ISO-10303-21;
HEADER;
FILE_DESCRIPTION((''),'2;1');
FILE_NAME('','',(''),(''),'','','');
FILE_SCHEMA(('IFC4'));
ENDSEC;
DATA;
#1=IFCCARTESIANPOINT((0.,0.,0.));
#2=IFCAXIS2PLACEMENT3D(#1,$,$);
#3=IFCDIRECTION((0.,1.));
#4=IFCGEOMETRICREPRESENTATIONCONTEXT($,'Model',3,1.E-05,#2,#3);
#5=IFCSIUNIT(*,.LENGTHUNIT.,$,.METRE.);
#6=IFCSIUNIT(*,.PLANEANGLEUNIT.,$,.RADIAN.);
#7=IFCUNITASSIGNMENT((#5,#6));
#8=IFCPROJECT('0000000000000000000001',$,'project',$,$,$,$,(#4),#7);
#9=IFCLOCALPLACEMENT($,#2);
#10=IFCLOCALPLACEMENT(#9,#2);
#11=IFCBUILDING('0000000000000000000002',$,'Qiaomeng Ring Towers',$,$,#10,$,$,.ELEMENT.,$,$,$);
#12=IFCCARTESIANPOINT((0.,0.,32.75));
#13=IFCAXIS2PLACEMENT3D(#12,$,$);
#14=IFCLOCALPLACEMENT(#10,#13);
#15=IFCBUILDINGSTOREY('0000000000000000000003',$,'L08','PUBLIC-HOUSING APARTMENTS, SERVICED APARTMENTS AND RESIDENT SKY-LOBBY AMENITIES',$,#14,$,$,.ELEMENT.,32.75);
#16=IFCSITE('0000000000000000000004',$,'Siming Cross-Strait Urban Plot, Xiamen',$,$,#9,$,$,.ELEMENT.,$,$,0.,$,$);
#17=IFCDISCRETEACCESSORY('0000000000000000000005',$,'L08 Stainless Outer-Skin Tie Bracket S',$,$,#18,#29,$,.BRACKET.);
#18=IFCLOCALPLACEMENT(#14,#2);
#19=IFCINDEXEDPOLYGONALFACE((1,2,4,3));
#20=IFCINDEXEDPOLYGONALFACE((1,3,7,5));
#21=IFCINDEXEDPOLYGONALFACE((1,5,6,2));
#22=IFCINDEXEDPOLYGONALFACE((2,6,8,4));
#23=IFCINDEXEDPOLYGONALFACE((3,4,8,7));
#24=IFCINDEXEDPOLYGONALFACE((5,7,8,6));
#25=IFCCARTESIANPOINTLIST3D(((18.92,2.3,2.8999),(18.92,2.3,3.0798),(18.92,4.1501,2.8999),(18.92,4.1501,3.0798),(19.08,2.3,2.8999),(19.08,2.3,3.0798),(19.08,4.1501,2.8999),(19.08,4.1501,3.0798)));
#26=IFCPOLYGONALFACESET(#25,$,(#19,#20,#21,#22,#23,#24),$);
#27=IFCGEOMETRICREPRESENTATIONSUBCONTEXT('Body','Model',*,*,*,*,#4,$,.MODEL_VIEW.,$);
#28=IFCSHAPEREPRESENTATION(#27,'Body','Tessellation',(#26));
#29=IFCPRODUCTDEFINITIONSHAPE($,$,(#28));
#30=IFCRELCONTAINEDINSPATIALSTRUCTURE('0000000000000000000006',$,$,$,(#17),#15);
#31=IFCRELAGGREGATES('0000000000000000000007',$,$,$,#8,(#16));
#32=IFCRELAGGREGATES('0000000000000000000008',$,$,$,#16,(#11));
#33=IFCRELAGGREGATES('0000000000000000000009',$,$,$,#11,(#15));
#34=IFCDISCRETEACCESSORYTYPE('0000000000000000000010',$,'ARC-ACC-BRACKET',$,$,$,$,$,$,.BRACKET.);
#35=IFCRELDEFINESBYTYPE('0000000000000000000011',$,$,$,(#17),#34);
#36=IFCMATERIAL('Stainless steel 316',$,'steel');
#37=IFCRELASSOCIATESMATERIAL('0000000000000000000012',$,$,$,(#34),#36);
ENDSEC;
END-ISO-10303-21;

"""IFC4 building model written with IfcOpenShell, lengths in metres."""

from ifc_helpers import new_model, si_unit, direction, frame, origin, origin_2d, place, context, subcontext, project, spatial, rectangle, extrude, source, transform, mapped, material, type_object, element, save


model = new_model("IFC4")

# Units and contexts
model_context = context("Model", 3, precision=1e-05, world=origin(), true_north=direction((0.0, 1.0)))
body_context = subcontext(model_context, "Body", "Model", "MODEL_VIEW")
ifc_project = project(units=[si_unit("LENGTHUNIT", "METRE"), si_unit("PLANEANGLEUNIT", "RADIAN")], contexts=[model_context])

# Site, building, storey
site_placement = place(None, origin())
site = spatial("IfcSite", under=ifc_project, at=site_placement, Name="Siming Cross-Strait Urban Plot, Xiamen", CompositionType="ELEMENT", RefElevation=0.0)
building_placement = place(site_placement, origin())
building = spatial("IfcBuilding", under=site, at=building_placement, Name="Qiaomeng Ring Towers", CompositionType="ELEMENT")
storey_placement = place(building_placement, frame((0.0, 0.0, 32.75)))
storey = spatial("IfcBuildingStorey", under=building, at=storey_placement, Name="L08", Description="PUBLIC-HOUSING APARTMENTS, SERVICED APARTMENTS AND RESIDENT SKY-LOBBY AMENITIES", CompositionType="ELEMENT", Elevation=32.75)

# Shared definitions
ifc_material_1 = material(Name="Stainless steel 316", Category="steel")

# Discrete accessory
discrete_accessory_type = type_object("IfcDiscreteAccessoryType", Name="ARC-ACC-BRACKET", PredefinedType="BRACKET", material=ifc_material_1)
shared_shape_1 = source(origin(), body_context, "Body", "SweptSolid", [
    extrude(rectangle(XDim=0.1599, YDim=1.8501, at=origin_2d()), origin(), (0.0, 0.0, 1.0), 0.1799),
])
discrete_accessory_placement = place(storey_placement, frame((19.0, 3.2251, 2.8999), z_axis=(0.0, 0.0, 1.0), x_axis=(1.0, 0.0, 0.0)))
element("IfcDiscreteAccessory", 1, at=discrete_accessory_placement, inside=storey, type_object=discrete_accessory_type, Name="L08 Stainless Outer-Skin Tie Bracket S", PredefinedType="BRACKET", context=body_context, shape_type="MappedRepresentation", body=[
    mapped(shared_shape_1, transform((0.0, 0.0, 0.0), x_axis=(1.0, 0.0, 0.0), y_axis=(0.0, 1.0, 0.0), z_axis=(0.0, 0.0, 1.0), scale=1.0)),
])

save(model, "model.ifc")
